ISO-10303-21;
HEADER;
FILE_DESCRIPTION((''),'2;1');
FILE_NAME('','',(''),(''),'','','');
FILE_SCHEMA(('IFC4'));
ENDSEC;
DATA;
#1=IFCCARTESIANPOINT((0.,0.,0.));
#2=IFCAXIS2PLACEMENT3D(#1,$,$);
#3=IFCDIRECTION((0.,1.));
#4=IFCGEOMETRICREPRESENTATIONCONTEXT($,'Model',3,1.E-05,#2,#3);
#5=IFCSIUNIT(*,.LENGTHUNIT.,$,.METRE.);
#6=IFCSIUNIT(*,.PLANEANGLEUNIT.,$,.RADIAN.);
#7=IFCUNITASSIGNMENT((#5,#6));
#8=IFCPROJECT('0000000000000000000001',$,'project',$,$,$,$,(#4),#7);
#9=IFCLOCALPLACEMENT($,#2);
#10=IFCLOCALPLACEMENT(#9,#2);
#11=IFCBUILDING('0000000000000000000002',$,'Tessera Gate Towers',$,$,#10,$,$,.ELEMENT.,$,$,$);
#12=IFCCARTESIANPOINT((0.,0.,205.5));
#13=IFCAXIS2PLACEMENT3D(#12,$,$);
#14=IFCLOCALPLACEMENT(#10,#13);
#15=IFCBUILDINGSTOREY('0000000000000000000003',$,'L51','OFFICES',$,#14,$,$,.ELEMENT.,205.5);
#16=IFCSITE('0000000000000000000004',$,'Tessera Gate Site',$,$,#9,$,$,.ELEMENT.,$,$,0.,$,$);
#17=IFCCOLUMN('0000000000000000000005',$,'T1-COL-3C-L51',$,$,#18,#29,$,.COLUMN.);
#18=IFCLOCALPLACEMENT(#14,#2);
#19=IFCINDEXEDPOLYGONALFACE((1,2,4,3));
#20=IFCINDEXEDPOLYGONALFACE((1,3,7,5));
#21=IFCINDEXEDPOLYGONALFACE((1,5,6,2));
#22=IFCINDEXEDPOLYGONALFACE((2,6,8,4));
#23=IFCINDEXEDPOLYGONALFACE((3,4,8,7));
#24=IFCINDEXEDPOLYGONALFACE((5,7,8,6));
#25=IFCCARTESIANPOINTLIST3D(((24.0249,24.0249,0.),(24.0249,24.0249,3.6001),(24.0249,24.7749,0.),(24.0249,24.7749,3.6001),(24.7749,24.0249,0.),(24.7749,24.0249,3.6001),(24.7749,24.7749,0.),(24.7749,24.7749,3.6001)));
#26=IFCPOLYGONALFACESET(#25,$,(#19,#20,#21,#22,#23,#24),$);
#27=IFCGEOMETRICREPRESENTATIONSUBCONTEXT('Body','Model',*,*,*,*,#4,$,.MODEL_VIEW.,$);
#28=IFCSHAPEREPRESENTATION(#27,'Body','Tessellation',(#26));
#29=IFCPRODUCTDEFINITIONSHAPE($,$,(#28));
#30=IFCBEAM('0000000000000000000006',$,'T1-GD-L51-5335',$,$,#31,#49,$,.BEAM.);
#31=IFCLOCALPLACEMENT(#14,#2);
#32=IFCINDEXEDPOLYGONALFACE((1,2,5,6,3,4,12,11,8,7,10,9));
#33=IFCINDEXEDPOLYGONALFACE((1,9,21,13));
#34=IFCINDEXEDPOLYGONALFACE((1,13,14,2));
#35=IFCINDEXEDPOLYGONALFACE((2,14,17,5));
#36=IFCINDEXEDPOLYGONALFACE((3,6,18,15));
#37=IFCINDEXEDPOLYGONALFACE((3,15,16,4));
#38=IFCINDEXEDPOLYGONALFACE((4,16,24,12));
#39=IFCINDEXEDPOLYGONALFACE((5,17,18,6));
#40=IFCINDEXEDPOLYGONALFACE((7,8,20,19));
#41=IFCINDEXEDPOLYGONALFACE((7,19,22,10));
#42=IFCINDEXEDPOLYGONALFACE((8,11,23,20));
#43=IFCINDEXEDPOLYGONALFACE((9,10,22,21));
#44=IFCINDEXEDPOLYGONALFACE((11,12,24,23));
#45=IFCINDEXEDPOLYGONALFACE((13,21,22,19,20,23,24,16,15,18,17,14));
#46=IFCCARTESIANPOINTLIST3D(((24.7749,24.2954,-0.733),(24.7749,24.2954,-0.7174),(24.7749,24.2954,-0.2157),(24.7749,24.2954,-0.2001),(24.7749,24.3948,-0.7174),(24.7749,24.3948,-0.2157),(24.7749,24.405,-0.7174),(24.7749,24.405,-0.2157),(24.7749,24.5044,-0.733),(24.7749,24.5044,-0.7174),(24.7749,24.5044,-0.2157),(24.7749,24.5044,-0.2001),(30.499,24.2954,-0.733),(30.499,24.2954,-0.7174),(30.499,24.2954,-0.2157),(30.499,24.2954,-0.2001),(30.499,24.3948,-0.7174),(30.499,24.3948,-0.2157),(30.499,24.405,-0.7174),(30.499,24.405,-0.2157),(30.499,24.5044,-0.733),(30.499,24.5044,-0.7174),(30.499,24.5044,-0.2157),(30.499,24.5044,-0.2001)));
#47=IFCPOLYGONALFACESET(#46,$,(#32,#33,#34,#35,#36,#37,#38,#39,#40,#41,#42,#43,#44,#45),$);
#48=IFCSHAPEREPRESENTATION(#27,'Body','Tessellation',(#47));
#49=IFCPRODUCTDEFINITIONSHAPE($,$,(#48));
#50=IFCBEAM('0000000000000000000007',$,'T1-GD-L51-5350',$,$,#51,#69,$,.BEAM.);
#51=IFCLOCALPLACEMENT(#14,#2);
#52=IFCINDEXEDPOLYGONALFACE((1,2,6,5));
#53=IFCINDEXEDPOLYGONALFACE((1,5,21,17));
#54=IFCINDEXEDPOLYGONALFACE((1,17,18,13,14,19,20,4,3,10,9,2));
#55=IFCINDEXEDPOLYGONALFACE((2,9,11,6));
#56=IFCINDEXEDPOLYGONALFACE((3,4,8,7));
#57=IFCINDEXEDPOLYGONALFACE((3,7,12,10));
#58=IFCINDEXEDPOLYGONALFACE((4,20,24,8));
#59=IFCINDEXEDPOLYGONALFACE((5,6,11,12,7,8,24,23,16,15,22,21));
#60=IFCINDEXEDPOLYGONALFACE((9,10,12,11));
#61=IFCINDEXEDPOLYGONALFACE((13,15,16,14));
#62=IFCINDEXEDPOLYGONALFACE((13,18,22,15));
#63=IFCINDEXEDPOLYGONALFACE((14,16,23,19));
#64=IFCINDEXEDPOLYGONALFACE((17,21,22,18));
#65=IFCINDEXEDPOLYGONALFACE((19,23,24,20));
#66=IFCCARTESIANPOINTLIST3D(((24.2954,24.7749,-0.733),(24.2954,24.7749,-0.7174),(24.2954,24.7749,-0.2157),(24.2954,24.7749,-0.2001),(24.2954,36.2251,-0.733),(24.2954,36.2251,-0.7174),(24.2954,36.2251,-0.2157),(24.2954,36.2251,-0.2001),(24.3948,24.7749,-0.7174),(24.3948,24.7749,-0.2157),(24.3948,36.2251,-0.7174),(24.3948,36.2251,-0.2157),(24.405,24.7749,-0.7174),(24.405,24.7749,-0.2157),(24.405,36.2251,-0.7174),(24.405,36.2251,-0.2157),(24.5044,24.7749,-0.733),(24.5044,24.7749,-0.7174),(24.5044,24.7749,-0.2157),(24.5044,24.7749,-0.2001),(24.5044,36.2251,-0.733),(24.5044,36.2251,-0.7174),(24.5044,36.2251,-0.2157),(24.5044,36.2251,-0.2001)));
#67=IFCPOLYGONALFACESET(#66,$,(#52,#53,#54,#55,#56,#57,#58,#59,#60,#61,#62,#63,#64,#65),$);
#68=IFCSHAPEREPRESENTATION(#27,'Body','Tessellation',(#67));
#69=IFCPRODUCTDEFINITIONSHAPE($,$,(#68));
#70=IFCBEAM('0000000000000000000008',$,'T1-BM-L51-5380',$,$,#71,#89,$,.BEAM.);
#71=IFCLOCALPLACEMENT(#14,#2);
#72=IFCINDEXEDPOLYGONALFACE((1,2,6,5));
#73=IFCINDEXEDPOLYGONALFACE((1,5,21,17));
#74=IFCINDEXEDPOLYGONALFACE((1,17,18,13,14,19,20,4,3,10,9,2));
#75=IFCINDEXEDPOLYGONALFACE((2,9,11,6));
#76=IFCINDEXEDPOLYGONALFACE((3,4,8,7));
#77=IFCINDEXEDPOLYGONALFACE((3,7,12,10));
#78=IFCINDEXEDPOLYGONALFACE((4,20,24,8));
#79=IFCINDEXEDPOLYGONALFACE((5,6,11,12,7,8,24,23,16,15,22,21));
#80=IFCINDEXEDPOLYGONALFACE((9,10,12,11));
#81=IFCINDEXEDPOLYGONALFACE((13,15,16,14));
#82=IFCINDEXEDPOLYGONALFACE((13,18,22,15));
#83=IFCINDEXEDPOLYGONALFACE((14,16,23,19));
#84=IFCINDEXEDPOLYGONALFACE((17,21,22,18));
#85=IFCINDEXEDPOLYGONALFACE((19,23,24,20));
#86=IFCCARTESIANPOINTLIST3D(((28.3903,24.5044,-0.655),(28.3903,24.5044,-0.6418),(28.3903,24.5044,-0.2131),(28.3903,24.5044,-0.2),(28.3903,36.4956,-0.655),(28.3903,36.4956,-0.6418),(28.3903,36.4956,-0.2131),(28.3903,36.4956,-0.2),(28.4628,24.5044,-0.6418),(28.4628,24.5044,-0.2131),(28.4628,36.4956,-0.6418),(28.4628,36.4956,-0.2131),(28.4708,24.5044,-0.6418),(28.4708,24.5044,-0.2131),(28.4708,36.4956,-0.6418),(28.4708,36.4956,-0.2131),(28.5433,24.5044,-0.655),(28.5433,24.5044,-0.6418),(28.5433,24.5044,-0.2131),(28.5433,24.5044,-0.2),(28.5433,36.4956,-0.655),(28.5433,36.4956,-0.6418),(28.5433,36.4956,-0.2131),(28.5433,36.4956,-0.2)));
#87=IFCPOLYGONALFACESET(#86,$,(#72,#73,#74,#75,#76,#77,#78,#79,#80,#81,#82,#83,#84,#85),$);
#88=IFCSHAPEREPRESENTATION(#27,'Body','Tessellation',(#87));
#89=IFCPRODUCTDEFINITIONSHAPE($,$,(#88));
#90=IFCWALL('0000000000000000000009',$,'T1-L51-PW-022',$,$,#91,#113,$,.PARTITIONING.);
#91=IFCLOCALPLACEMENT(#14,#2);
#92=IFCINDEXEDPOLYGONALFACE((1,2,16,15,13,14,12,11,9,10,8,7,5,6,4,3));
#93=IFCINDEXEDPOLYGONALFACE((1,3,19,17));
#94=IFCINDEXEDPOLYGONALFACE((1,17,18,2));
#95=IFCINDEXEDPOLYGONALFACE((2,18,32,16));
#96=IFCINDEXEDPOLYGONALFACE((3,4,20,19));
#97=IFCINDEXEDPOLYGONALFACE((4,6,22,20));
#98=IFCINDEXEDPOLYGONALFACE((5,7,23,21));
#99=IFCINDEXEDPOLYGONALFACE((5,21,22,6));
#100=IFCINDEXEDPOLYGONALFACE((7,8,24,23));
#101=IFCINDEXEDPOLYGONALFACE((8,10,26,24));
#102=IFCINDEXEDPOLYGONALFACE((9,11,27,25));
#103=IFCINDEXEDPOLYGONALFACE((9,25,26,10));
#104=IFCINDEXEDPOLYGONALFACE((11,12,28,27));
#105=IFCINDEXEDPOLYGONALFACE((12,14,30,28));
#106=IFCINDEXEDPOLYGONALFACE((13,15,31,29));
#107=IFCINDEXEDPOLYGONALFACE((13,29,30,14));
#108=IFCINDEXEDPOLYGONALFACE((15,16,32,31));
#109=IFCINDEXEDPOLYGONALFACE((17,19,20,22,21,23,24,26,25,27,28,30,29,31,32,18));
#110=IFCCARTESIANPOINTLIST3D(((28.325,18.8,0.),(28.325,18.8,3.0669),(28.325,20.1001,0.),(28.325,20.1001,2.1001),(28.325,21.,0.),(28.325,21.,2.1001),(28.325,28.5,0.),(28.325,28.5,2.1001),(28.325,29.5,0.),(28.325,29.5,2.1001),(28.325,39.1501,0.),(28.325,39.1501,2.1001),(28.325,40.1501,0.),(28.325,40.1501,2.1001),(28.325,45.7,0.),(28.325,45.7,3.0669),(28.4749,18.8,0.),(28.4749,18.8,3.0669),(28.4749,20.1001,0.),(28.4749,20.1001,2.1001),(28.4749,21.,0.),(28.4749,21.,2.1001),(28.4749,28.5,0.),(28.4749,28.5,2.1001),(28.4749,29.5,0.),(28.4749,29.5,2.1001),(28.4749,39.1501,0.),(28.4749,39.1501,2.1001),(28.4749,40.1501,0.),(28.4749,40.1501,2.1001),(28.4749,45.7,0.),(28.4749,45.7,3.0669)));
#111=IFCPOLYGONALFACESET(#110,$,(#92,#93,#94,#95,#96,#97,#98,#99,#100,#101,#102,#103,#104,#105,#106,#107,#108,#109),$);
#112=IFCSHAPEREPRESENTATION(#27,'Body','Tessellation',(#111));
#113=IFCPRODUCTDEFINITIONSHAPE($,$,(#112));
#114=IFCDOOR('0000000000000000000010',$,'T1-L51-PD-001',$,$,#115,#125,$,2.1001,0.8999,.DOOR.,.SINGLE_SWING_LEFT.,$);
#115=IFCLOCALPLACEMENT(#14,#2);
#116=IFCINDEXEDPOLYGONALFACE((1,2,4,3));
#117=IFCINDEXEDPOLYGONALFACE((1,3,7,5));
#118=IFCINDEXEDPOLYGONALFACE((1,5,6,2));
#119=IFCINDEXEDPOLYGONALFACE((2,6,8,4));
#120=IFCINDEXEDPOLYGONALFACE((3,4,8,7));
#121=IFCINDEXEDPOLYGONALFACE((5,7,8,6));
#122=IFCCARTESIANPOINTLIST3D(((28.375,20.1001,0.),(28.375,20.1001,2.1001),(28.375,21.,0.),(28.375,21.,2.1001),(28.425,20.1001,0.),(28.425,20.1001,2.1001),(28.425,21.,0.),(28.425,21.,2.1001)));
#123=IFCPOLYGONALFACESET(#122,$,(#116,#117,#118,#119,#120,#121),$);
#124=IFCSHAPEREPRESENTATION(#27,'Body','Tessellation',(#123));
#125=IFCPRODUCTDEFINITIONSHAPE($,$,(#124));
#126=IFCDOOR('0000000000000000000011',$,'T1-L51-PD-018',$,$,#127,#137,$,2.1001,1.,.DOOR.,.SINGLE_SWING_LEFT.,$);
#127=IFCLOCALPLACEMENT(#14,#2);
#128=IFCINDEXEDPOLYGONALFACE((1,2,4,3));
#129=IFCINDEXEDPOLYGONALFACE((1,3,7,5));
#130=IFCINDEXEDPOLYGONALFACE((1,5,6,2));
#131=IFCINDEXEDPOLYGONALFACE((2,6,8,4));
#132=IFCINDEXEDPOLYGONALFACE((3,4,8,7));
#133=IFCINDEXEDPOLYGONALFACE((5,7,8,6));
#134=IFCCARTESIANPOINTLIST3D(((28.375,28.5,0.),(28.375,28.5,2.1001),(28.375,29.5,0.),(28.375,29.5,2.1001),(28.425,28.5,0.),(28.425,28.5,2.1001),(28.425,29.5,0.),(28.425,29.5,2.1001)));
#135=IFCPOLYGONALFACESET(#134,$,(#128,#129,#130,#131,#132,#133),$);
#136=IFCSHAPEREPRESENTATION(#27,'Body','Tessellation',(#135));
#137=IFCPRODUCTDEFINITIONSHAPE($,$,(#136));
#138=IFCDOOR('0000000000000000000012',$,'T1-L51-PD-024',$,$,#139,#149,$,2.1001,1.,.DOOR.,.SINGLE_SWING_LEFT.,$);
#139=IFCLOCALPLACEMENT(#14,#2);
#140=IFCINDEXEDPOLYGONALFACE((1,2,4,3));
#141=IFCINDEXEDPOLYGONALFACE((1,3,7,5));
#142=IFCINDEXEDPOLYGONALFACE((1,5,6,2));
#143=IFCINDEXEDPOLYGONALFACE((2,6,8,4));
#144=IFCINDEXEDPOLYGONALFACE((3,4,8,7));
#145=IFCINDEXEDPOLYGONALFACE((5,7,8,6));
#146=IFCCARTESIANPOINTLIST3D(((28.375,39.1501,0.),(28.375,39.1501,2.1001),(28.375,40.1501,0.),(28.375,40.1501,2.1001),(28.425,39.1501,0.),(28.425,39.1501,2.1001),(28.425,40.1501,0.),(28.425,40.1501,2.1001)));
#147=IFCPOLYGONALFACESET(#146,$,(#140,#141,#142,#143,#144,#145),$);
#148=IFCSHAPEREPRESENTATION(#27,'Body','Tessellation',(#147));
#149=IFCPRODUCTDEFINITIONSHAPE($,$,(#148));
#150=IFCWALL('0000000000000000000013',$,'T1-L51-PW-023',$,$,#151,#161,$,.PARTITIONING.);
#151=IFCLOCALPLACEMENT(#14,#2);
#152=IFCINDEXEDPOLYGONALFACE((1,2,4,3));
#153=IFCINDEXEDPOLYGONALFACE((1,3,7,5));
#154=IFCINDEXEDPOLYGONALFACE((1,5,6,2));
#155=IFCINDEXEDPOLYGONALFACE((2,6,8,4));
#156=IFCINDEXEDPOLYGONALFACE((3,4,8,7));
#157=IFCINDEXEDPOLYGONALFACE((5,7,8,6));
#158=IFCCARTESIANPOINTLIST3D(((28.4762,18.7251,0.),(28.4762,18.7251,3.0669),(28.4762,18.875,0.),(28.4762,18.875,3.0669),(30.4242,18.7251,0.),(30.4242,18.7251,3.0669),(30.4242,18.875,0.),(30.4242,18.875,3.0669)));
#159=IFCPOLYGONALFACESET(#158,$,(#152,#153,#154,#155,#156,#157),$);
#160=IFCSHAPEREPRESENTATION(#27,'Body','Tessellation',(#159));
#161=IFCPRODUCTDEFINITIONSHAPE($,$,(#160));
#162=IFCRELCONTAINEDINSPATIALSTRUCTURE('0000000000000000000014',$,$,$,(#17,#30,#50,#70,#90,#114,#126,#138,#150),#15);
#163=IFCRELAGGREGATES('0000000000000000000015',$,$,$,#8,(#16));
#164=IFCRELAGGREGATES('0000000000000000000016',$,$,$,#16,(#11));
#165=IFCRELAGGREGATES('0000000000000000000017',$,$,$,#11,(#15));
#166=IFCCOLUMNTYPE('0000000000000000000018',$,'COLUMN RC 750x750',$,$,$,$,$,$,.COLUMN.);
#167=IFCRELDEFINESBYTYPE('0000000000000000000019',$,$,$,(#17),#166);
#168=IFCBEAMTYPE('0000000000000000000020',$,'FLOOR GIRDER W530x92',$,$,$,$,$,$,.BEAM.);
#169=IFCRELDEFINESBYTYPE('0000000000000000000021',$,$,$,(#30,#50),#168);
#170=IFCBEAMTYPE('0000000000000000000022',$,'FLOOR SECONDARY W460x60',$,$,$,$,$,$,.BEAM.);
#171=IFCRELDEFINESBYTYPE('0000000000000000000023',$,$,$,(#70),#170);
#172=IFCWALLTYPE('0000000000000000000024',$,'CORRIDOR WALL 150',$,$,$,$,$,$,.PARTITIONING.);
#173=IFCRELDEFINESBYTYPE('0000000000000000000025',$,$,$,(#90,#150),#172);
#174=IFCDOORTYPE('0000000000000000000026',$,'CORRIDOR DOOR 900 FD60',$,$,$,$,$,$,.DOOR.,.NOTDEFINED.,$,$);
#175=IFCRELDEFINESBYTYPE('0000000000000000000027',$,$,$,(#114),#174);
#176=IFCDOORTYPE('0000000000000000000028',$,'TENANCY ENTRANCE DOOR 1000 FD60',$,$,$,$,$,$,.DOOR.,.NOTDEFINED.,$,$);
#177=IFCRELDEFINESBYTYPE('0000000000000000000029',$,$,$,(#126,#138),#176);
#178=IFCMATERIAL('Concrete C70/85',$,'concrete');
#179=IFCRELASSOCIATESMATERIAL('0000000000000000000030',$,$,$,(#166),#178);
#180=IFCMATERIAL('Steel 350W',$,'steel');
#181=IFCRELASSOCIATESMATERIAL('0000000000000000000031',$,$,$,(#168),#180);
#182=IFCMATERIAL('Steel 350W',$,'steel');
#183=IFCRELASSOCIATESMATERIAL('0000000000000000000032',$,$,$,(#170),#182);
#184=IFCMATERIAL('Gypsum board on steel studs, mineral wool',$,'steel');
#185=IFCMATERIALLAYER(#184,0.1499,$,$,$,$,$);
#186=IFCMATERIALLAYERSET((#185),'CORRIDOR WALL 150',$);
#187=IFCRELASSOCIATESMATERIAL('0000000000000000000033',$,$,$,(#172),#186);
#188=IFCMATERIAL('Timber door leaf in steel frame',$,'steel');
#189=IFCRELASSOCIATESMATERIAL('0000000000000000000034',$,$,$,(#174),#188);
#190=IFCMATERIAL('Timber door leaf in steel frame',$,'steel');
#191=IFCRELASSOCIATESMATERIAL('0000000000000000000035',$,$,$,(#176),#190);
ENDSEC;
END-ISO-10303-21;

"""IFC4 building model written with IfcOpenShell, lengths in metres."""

from ifc_helpers import new_model, si_unit, direction, frame, frame_2d, origin, origin_2d, place, context, subcontext, project, spatial, rectangle, i_section, extrude, source, transform, mapped, material, layer, layer_set, material_profile, profile_set, type_object, element, fill, save


model = new_model("IFC4")

# Units and contexts
model_context = context("Model", 3, precision=1e-05, world=origin(), true_north=direction((0.0, 1.0)))
body_context = subcontext(model_context, "Body", "Model", "MODEL_VIEW")
ifc_project = project(units=[si_unit("LENGTHUNIT", "METRE"), si_unit("PLANEANGLEUNIT", "RADIAN")], contexts=[model_context])

# Site, building, storey
site_placement = place(None, origin())
site = spatial("IfcSite", under=ifc_project, at=site_placement, Name="Tessera Gate Site", CompositionType="ELEMENT", RefElevation=0.0)
building_placement = place(site_placement, origin())
building = spatial("IfcBuilding", under=site, at=building_placement, Name="Tessera Gate Towers", CompositionType="ELEMENT")
storey_placement = place(building_placement, frame((0.0, 0.0, 205.5)))
storey = spatial("IfcBuildingStorey", under=building, at=storey_placement, Name="L51", Description="OFFICES", CompositionType="ELEMENT", Elevation=205.5)

# Column
ifc_material_1 = material(Name="Concrete C70/85", Category="concrete")
ifc_material_profile_1 = material_profile(ifc_material_1, rectangle(XDim=0.75, YDim=0.75, at=origin_2d()), Name="RC 750x750")
ifc_profile_set_1 = profile_set([ifc_material_profile_1], Name="Concrete C70/85")
column_type = type_object("IfcColumnType", Name="COLUMN RC 750x750", PredefinedType="COLUMN", material=ifc_profile_set_1)
column_placement = place(storey_placement, frame((24.3999, 24.3999, 0.0), z_axis=(0.0, 0.0, 1.0), x_axis=(1.0, 0.0, 0.0)))
element("IfcColumn", 1, at=column_placement, inside=storey, type_object=column_type, Name="T1-COL-3C-L51", PredefinedType="COLUMN", context=body_context, shape_type="SweptSolid", body=[
    extrude(rectangle(XDim=0.75, YDim=0.75, at=origin_2d()), origin(), (0.0, 0.0, 1.0), 3.6001),
])

# Beams
ifc_material_2 = material(Name="Steel 350W", Category="steel")
ifc_material_profile_2 = material_profile(ifc_material_2, i_section(OverallWidth=0.209, OverallDepth=0.533, WebThickness=0.0103, FlangeThickness=0.0156, at=origin_2d()), Name="W530x92")
ifc_profile_set_2 = profile_set([ifc_material_profile_2], Name="Steel 350W")
beam_type_1 = type_object("IfcBeamType", Name="FLOOR GIRDER W530x92", PredefinedType="BEAM", material=ifc_profile_set_2)
beam_1_placement = place(storey_placement, frame((24.7749, 24.3999, -0.4666), z_axis=(1.0, 0.0, 0.0), x_axis=(0.0, 1.0, 0.0)))
element("IfcBeam", 2, at=beam_1_placement, inside=storey, type_object=beam_type_1, Name="T1-GD-L51-5335", PredefinedType="BEAM", context=body_context, shape_type="SweptSolid", body=[
    extrude(i_section(OverallWidth=0.209, OverallDepth=0.533, WebThickness=0.0103, FlangeThickness=0.0156, at=origin_2d()), origin(), (0.0, 0.0, 1.0), 5.7241),
])
beam_2_placement = place(storey_placement, frame((24.3999, 24.7749, -0.4666), z_axis=(0.0, 1.0, 0.0), x_axis=(-1.0, 0.0, 0.0)))
element("IfcBeam", 3, at=beam_2_placement, inside=storey, type_object=beam_type_1, Name="T1-GD-L51-5350", PredefinedType="BEAM", context=body_context, shape_type="SweptSolid", body=[
    extrude(i_section(OverallWidth=0.209, OverallDepth=0.533, WebThickness=0.0103, FlangeThickness=0.0156, at=origin_2d()), origin(), (0.0, 0.0, 1.0), 11.4502),
])
ifc_material_3 = material(Name="Steel 350W", Category="steel")
ifc_material_profile_3 = material_profile(ifc_material_3, i_section(OverallWidth=0.1531, OverallDepth=0.4551, WebThickness=0.0081, FlangeThickness=0.0132, at=origin_2d()), Name="W460x60")
ifc_profile_set_3 = profile_set([ifc_material_profile_3], Name="Steel 350W")
beam_type_2 = type_object("IfcBeamType", Name="FLOOR SECONDARY W460x60", PredefinedType="BEAM", material=ifc_profile_set_3)
beam_3_placement = place(storey_placement, frame((28.4668, 24.5044, -0.4275), z_axis=(0.0, 1.0, 0.0), x_axis=(-1.0, 0.0, 0.0)))
element("IfcBeam", 4, at=beam_3_placement, inside=storey, type_object=beam_type_2, Name="T1-BM-L51-5380", PredefinedType="BEAM", context=body_context, shape_type="SweptSolid", body=[
    extrude(i_section(OverallWidth=0.1531, OverallDepth=0.4551, WebThickness=0.0081, FlangeThickness=0.0132, at=origin_2d()), origin(), (0.0, 0.0, 1.0), 11.9912),
])

# Wall, openings, doors
ifc_material_4 = material(Name="Gypsum board on steel studs, mineral wool", Category="steel")
ifc_layer_1 = layer(ifc_material_4, 0.1499)
ifc_layer_set_1 = layer_set([ifc_layer_1], Name="CORRIDOR WALL 150")
wall_type_1 = type_object("IfcWallType", Name="CORRIDOR WALL 150", PredefinedType="PARTITIONING", material=ifc_layer_set_1)
wall_1_placement = place(storey_placement, frame((28.3999, 18.8, 0.0), z_axis=(0.0, 0.0, 1.0), x_axis=(0.0, 1.0, 0.0)))
wall_1 = element("IfcWall", 5, at=wall_1_placement, inside=storey, type_object=wall_type_1, Name="T1-L51-PW-022", PredefinedType="PARTITIONING", context=body_context, shape_type="SweptSolid", body=[
    extrude(rectangle(XDim=26.8999, YDim=0.1499, at=frame_2d((13.45, 0.0))), origin(), (0.0, 0.0, 1.0), 3.0669),
])
shared_shape_1 = source(origin(), body_context, "Body", "SweptSolid", [
    extrude(rectangle(XDim=0.8999, YDim=2.1001, at=frame_2d((0.45, 1.05))), frame((0.0, 0.085, 0.0), z_axis=(0.0, -1.0, 0.0), x_axis=(1.0, 0.0, 0.0)), (0.0, 0.0, 1.0), 0.1699),
])
opening_1_placement = place(wall_1_placement, frame((1.3, 0.0, 0.0)))
opening_1 = element("IfcOpeningElement", 6, at=opening_1_placement, cuts=wall_1, PredefinedType="OPENING", context=body_context, shape_type="MappedRepresentation", body=[
    mapped(shared_shape_1, transform((0.0, 0.0, 0.0), scale=1.0)),
])
shared_shape_2 = source(origin(), body_context, "Body", "SweptSolid", [
    extrude(rectangle(XDim=1.0, YDim=2.1001, at=frame_2d((0.5, 1.05))), frame((0.0, 0.085, 0.0), z_axis=(0.0, -1.0, 0.0), x_axis=(1.0, 0.0, 0.0)), (0.0, 0.0, 1.0), 0.1699),
])
opening_2_placement = place(wall_1_placement, frame((9.7, 0.0, 0.0)))
opening_2 = element("IfcOpeningElement", 7, at=opening_2_placement, cuts=wall_1, PredefinedType="OPENING", context=body_context, shape_type="MappedRepresentation", body=[
    mapped(shared_shape_2, transform((0.0, 0.0, 0.0), scale=1.0)),
])
opening_3_placement = place(wall_1_placement, frame((20.3501, 0.0, 0.0)))
opening_3 = element("IfcOpeningElement", 8, at=opening_3_placement, cuts=wall_1, PredefinedType="OPENING", context=body_context, shape_type="MappedRepresentation", body=[
    mapped(shared_shape_2, transform((0.0, 0.0, 0.0), scale=1.0)),
])
ifc_material_5 = material(Name="Timber door leaf in steel frame", Category="steel")
door_type_1 = type_object("IfcDoorType", Name="CORRIDOR DOOR 900 FD60", OperationType="NOTDEFINED", PredefinedType="DOOR", material=ifc_material_5)
shared_shape_3 = source(origin(), body_context, "Body", "SweptSolid", [
    extrude(rectangle(XDim=0.8999, YDim=2.1001, at=frame_2d((0.45, 1.05))), frame((0.0, 0.0249, 0.0), z_axis=(0.0, -1.0, 0.0), x_axis=(1.0, 0.0, 0.0)), (0.0, 0.0, 1.0), 0.05),
])
door_1_placement = place(opening_1_placement, origin())
door_1 = element("IfcDoor", 9, at=door_1_placement, inside=storey, type_object=door_type_1, Name="T1-L51-PD-001", OperationType="SINGLE_SWING_LEFT", OverallHeight=2.1001, OverallWidth=0.8999, PredefinedType="DOOR", context=body_context, shape_type="MappedRepresentation", body=[
    mapped(shared_shape_3, transform((0.0, 0.0, 0.0), scale=1.0)),
])
fill(opening_1, door_1)
ifc_material_6 = material(Name="Timber door leaf in steel frame", Category="steel")
door_type_2 = type_object("IfcDoorType", Name="TENANCY ENTRANCE DOOR 1000 FD60", OperationType="NOTDEFINED", PredefinedType="DOOR", material=ifc_material_6)
shared_shape_4 = source(origin(), body_context, "Body", "SweptSolid", [
    extrude(rectangle(XDim=1.0, YDim=2.1001, at=frame_2d((0.5, 1.05))), frame((0.0, 0.0249, 0.0), z_axis=(0.0, -1.0, 0.0), x_axis=(1.0, 0.0, 0.0)), (0.0, 0.0, 1.0), 0.05),
])
door_2_placement = place(opening_2_placement, origin())
door_2 = element("IfcDoor", 10, at=door_2_placement, inside=storey, type_object=door_type_2, Name="T1-L51-PD-018", OperationType="SINGLE_SWING_LEFT", OverallHeight=2.1001, OverallWidth=1.0, PredefinedType="DOOR", context=body_context, shape_type="MappedRepresentation", body=[
    mapped(shared_shape_4, transform((0.0, 0.0, 0.0), scale=1.0)),
])
fill(opening_2, door_2)
door_3_placement = place(opening_3_placement, origin())
door_3 = element("IfcDoor", 11, at=door_3_placement, inside=storey, type_object=door_type_2, Name="T1-L51-PD-024", OperationType="SINGLE_SWING_LEFT", OverallHeight=2.1001, OverallWidth=1.0, PredefinedType="DOOR", context=body_context, shape_type="MappedRepresentation", body=[
    mapped(shared_shape_4, transform((0.0, 0.0, 0.0), scale=1.0)),
])
fill(opening_3, door_3)

# Wall
wall_2_placement = place(storey_placement, frame((28.4761, 18.8, 0.0), z_axis=(0.0, 0.0, 1.0), x_axis=(1.0, 0.0, 0.0)))
element("IfcWall", 12, at=wall_2_placement, inside=storey, type_object=wall_type_1, Name="T1-L51-PW-023", PredefinedType="PARTITIONING", context=body_context, shape_type="SweptSolid", body=[
    extrude(rectangle(XDim=1.948, YDim=0.1499, at=frame_2d((0.9741, 0.0))), origin(), (0.0, 0.0, 1.0), 3.0669),
])

save(model, "model.ifc")
